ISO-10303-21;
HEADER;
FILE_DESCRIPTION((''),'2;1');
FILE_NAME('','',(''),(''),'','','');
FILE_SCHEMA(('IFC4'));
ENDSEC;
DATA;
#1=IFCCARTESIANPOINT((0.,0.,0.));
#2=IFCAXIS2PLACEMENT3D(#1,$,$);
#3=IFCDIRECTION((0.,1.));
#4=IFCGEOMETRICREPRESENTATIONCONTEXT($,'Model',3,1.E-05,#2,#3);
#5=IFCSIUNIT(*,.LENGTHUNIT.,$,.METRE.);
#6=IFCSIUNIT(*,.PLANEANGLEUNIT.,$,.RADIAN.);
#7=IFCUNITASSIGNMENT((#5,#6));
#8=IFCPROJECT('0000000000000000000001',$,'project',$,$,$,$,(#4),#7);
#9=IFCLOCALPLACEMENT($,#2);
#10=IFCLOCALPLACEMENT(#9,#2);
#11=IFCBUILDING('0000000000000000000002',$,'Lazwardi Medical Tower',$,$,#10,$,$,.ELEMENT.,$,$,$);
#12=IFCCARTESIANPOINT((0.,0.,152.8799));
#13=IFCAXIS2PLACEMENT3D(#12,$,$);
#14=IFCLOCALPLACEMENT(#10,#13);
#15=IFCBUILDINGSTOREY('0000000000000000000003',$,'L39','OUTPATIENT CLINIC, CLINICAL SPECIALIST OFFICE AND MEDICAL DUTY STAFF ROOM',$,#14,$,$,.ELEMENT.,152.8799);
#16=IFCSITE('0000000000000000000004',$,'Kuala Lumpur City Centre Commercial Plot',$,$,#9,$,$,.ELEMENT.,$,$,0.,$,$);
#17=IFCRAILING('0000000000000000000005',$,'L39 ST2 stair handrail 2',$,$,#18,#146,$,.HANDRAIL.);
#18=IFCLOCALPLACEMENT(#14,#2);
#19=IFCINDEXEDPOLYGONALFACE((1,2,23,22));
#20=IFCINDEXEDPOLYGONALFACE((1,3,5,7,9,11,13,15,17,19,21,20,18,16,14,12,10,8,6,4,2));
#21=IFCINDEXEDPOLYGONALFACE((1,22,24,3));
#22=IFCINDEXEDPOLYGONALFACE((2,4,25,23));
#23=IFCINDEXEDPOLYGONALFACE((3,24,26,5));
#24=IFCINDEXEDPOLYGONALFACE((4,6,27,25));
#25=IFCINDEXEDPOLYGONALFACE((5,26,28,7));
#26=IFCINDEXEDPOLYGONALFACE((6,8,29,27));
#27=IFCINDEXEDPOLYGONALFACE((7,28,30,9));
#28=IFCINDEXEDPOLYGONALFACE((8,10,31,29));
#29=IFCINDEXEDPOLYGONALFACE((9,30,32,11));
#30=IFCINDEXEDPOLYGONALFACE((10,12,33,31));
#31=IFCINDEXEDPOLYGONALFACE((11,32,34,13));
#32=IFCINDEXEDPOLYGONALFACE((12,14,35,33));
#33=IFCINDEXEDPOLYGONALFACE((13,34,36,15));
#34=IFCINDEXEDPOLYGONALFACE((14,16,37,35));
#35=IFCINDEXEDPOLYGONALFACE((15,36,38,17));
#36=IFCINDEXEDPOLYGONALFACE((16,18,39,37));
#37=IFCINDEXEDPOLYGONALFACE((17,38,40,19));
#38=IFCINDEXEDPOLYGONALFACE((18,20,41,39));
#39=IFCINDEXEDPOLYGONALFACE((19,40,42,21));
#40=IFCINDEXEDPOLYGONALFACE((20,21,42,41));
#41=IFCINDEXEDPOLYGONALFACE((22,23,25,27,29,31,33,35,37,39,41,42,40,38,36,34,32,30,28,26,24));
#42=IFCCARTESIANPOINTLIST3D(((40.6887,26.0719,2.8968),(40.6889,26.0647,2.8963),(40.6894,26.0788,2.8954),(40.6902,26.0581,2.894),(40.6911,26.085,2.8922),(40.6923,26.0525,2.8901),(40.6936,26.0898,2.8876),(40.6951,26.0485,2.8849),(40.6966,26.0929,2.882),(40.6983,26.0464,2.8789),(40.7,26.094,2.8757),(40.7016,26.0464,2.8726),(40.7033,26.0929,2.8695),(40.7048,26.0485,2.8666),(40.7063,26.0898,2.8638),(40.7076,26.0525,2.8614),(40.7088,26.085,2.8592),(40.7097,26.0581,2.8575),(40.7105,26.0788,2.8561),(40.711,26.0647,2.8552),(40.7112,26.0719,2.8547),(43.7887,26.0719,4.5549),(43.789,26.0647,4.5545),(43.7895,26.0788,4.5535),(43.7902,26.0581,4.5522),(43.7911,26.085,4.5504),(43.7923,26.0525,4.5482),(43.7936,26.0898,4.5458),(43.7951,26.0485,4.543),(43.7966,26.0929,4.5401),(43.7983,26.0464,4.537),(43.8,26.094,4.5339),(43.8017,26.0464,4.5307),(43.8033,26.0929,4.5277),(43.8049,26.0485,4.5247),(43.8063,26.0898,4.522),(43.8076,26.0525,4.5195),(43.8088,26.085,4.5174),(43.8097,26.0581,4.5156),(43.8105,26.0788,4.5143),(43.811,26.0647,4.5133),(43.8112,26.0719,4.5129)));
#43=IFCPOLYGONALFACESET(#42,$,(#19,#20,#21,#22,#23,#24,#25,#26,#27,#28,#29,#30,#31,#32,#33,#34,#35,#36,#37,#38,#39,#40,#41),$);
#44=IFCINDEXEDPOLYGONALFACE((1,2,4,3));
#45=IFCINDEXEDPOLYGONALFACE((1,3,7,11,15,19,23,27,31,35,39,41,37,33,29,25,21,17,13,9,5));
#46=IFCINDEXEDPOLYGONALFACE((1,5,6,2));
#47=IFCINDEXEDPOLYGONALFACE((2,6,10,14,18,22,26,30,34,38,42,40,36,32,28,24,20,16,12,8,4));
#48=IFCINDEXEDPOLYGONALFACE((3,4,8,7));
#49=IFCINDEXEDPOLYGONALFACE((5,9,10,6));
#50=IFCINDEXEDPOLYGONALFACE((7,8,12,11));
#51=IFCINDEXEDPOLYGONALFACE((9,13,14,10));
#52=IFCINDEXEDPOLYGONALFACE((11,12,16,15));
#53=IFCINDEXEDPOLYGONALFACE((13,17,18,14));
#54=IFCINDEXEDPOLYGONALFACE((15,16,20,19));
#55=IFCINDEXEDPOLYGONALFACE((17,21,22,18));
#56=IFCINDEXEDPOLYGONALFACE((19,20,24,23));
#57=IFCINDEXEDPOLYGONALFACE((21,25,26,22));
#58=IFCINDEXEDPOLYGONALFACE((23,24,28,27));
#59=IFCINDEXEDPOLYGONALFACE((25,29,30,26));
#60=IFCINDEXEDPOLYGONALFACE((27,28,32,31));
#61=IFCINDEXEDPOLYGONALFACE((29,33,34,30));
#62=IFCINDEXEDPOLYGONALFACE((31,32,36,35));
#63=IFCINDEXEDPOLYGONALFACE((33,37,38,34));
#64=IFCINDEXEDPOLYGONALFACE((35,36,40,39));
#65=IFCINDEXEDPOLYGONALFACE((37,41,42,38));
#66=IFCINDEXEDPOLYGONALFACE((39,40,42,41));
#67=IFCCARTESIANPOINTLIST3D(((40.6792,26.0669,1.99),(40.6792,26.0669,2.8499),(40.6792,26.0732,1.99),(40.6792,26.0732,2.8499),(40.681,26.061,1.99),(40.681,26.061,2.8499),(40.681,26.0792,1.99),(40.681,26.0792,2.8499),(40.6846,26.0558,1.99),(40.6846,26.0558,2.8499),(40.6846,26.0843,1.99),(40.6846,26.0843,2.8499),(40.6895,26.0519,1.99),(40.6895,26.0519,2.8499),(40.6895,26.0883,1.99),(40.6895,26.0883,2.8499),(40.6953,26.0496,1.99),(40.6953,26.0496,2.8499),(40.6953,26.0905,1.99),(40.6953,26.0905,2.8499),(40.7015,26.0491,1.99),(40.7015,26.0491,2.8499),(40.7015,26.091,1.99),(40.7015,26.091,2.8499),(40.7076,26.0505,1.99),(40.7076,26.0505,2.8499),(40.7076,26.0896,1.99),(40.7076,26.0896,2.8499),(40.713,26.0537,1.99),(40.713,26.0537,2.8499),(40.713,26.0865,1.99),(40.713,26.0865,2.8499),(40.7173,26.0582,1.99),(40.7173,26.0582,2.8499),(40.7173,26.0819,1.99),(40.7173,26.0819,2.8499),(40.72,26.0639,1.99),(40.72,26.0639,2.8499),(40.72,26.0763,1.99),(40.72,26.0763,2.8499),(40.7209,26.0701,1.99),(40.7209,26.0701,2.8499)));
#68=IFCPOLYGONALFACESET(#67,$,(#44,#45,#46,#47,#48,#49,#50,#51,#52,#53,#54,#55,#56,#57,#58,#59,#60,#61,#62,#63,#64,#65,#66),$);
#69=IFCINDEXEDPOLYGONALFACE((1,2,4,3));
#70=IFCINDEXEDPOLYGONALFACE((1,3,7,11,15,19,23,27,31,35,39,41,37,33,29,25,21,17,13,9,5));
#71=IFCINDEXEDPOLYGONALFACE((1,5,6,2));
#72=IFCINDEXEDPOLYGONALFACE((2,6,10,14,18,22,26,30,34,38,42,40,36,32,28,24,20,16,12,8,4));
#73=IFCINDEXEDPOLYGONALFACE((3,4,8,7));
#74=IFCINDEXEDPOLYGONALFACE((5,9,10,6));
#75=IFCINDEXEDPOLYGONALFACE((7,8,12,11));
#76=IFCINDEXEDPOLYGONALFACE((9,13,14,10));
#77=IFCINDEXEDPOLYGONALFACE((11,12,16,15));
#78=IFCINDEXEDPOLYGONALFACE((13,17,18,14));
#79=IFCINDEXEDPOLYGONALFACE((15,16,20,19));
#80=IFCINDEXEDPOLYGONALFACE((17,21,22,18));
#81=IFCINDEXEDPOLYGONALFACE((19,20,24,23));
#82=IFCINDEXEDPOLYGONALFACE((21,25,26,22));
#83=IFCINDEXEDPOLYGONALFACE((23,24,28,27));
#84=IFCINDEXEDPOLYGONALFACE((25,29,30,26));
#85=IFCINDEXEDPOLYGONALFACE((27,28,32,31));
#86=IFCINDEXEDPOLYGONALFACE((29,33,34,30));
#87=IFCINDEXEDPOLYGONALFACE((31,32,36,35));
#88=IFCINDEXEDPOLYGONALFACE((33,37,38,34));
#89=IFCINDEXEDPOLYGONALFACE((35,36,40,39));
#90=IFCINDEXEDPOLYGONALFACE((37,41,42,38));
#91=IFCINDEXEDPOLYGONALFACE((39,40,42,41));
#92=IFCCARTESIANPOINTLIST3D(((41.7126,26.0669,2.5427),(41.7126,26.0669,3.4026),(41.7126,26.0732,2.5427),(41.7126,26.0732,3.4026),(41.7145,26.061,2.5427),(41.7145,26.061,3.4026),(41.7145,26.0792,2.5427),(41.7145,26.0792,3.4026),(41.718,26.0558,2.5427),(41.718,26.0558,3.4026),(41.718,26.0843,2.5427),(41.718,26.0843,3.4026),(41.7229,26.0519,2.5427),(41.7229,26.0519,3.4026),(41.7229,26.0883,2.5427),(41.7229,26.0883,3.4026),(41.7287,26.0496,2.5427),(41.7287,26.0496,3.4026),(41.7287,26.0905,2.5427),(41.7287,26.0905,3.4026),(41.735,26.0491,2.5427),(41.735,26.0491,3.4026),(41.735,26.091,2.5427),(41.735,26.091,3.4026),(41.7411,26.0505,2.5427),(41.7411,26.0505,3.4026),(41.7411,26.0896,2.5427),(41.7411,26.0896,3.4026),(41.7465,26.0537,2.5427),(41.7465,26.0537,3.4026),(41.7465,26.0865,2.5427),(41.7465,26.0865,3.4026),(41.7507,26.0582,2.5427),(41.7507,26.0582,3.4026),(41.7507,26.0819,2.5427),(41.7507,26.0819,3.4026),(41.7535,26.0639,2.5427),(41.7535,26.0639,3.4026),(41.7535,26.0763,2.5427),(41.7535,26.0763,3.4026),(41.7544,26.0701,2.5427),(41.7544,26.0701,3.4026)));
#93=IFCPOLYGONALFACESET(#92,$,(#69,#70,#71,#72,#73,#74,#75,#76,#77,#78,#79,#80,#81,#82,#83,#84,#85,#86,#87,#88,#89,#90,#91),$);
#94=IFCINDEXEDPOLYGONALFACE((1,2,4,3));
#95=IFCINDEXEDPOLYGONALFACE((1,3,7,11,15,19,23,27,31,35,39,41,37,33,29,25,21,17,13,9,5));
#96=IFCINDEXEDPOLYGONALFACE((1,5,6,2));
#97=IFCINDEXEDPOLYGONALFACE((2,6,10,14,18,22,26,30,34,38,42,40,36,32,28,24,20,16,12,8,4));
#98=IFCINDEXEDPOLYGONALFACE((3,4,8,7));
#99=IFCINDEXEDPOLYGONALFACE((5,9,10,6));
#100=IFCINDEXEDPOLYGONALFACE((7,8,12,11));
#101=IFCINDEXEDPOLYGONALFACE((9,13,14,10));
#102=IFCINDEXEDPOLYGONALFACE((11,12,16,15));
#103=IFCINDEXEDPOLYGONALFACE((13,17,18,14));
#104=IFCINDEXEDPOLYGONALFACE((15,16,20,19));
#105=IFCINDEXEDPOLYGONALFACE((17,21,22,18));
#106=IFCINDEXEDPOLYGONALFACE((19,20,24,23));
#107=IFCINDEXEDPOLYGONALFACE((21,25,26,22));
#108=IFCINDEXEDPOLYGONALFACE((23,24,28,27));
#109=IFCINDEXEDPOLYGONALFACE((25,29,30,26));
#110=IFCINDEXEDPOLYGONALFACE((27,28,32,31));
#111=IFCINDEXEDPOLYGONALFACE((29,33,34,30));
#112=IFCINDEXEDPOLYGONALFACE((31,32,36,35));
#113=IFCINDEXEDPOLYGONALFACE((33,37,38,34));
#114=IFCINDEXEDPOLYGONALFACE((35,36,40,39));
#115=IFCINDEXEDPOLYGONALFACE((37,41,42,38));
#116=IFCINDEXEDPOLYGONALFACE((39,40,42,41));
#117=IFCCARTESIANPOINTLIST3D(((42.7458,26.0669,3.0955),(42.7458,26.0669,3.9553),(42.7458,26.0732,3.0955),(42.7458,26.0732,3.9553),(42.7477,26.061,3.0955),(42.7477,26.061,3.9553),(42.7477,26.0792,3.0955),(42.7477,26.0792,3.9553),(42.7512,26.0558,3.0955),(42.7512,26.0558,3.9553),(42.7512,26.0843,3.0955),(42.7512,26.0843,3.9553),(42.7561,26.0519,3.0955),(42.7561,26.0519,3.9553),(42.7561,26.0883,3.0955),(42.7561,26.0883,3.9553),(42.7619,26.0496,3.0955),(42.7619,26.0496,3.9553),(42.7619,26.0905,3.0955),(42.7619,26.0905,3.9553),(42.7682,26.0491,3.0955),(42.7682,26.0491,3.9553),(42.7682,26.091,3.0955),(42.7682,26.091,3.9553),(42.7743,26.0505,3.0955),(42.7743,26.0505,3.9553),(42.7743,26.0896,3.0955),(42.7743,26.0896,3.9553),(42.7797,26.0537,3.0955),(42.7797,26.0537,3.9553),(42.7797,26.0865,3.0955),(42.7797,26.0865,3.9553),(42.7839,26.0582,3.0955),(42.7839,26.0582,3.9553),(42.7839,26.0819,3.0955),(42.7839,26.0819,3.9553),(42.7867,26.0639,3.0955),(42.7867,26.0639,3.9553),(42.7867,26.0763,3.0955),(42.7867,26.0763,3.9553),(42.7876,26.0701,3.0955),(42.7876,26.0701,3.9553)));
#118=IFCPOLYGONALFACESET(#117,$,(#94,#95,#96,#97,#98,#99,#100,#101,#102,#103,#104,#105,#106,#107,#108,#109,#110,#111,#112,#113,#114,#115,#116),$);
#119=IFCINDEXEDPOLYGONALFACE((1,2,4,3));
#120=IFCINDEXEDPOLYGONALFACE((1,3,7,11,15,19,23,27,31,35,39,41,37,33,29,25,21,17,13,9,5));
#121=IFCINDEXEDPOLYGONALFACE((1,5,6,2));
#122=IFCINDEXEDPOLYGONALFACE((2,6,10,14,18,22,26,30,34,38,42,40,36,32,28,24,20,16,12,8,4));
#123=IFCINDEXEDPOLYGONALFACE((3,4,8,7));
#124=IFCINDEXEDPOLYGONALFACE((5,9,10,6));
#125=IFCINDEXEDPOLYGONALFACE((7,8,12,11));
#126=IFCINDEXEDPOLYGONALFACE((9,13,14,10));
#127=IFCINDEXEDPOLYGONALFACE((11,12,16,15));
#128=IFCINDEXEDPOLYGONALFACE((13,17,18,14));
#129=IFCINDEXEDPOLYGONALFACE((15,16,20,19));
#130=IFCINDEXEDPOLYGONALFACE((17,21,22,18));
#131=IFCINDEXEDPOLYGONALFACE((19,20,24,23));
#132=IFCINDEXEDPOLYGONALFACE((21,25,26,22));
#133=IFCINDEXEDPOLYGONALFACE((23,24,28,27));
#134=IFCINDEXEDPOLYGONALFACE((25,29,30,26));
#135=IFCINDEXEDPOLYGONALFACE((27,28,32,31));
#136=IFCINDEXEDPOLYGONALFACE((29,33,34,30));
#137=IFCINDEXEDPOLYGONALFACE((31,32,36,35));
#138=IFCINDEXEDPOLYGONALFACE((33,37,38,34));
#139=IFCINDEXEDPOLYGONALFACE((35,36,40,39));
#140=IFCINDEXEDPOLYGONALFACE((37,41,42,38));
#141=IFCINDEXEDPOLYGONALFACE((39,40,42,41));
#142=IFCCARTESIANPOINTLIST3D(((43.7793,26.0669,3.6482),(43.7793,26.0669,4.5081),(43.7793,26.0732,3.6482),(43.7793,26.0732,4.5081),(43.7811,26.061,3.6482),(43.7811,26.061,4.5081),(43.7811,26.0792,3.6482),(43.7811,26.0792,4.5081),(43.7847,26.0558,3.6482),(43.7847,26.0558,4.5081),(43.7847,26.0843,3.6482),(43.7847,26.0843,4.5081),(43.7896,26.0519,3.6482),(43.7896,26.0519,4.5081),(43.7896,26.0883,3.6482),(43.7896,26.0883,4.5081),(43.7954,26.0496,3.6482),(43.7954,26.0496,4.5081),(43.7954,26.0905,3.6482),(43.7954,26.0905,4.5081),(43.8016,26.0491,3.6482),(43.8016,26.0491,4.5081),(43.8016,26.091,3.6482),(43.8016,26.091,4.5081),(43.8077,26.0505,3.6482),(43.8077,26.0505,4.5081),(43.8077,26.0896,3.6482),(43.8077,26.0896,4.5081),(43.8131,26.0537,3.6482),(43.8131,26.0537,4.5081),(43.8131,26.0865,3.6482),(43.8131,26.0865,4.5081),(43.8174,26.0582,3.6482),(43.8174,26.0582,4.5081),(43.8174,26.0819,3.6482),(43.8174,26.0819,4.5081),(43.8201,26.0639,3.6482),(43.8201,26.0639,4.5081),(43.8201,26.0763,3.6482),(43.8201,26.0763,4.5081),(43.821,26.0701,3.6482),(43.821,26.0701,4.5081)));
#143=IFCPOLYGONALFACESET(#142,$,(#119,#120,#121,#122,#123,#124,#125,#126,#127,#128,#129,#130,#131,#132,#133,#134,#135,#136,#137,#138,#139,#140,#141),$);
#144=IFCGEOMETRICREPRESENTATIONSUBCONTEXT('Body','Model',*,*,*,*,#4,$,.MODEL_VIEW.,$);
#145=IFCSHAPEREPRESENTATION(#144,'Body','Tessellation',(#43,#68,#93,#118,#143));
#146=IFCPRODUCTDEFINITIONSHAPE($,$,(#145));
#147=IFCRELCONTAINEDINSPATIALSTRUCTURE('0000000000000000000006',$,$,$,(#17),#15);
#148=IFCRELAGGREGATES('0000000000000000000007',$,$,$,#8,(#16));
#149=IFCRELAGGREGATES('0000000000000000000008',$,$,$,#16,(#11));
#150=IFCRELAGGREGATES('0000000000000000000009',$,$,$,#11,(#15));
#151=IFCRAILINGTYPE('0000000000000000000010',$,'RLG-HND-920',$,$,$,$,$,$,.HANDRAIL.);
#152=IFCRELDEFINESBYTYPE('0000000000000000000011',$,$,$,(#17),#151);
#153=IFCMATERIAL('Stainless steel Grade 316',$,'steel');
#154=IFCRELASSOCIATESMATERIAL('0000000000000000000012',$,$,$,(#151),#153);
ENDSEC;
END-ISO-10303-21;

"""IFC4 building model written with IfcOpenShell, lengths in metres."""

from ifc_helpers import new_model, si_unit, direction, frame, origin, origin_2d, place, context, subcontext, project, spatial, circle, extrude, material, type_object, element, save


model = new_model("IFC4")

# Units and contexts
model_context = context("Model", 3, precision=1e-05, world=origin(), true_north=direction((0.0, 1.0)))
body_context = subcontext(model_context, "Body", "Model", "MODEL_VIEW")
ifc_project = project(units=[si_unit("LENGTHUNIT", "METRE"), si_unit("PLANEANGLEUNIT", "RADIAN")], contexts=[model_context])

# Site, building, storey
site_placement = place(None, origin())
site = spatial("IfcSite", under=ifc_project, at=site_placement, Name="Kuala Lumpur City Centre Commercial Plot", CompositionType="ELEMENT", RefElevation=0.0)
building_placement = place(site_placement, origin())
building = spatial("IfcBuilding", under=site, at=building_placement, Name="Lazwardi Medical Tower", CompositionType="ELEMENT")
storey_placement = place(building_placement, frame((0.0, 0.0, 152.8799)))
storey = spatial("IfcBuildingStorey", under=building, at=storey_placement, Name="L39", Description="OUTPATIENT CLINIC, CLINICAL SPECIALIST OFFICE AND MEDICAL DUTY STAFF ROOM", CompositionType="ELEMENT", Elevation=152.8799)

# Railing
ifc_material_1 = material(Name="Stainless steel Grade 316", Category="steel")
railing_type_1 = type_object("IfcRailingType", Name="RLG-HND-920", PredefinedType="HANDRAIL", material=ifc_material_1)
railing_1_placement = place(storey_placement, frame((40.7, 26.0701, 1.99)))
element("IfcRailing", 1, at=railing_1_placement, inside=storey, type_object=railing_type_1, Name="L39 ST2 stair handrail 2", PredefinedType="HANDRAIL", context=body_context, shape_type="SweptSolid", body=[
    extrude(circle(Radius=0.0239, at=origin_2d()), frame((0.0, 0.0, 0.8857), z_axis=(0.881783, 0.0, 0.471655), x_axis=(0.0, 1.0, 0.0)), (0.0, 0.0, 1.0), 3.5156),
    extrude(circle(Radius=0.021, at=origin_2d()), origin(), (0.0, 0.0, 1.0), 0.8599),
    extrude(circle(Radius=0.021, at=origin_2d()), frame((1.0334, 0.0, 0.5527)), (0.0, 0.0, 1.0), 0.8599),
    extrude(circle(Radius=0.021, at=origin_2d()), frame((2.0667, 0.0, 1.1055)), (0.0, 0.0, 1.0), 0.8599),
    extrude(circle(Radius=0.021, at=origin_2d()), frame((3.1001, 0.0, 1.6582)), (0.0, 0.0, 1.0), 0.8599),
])

save(model, "model.ifc")
